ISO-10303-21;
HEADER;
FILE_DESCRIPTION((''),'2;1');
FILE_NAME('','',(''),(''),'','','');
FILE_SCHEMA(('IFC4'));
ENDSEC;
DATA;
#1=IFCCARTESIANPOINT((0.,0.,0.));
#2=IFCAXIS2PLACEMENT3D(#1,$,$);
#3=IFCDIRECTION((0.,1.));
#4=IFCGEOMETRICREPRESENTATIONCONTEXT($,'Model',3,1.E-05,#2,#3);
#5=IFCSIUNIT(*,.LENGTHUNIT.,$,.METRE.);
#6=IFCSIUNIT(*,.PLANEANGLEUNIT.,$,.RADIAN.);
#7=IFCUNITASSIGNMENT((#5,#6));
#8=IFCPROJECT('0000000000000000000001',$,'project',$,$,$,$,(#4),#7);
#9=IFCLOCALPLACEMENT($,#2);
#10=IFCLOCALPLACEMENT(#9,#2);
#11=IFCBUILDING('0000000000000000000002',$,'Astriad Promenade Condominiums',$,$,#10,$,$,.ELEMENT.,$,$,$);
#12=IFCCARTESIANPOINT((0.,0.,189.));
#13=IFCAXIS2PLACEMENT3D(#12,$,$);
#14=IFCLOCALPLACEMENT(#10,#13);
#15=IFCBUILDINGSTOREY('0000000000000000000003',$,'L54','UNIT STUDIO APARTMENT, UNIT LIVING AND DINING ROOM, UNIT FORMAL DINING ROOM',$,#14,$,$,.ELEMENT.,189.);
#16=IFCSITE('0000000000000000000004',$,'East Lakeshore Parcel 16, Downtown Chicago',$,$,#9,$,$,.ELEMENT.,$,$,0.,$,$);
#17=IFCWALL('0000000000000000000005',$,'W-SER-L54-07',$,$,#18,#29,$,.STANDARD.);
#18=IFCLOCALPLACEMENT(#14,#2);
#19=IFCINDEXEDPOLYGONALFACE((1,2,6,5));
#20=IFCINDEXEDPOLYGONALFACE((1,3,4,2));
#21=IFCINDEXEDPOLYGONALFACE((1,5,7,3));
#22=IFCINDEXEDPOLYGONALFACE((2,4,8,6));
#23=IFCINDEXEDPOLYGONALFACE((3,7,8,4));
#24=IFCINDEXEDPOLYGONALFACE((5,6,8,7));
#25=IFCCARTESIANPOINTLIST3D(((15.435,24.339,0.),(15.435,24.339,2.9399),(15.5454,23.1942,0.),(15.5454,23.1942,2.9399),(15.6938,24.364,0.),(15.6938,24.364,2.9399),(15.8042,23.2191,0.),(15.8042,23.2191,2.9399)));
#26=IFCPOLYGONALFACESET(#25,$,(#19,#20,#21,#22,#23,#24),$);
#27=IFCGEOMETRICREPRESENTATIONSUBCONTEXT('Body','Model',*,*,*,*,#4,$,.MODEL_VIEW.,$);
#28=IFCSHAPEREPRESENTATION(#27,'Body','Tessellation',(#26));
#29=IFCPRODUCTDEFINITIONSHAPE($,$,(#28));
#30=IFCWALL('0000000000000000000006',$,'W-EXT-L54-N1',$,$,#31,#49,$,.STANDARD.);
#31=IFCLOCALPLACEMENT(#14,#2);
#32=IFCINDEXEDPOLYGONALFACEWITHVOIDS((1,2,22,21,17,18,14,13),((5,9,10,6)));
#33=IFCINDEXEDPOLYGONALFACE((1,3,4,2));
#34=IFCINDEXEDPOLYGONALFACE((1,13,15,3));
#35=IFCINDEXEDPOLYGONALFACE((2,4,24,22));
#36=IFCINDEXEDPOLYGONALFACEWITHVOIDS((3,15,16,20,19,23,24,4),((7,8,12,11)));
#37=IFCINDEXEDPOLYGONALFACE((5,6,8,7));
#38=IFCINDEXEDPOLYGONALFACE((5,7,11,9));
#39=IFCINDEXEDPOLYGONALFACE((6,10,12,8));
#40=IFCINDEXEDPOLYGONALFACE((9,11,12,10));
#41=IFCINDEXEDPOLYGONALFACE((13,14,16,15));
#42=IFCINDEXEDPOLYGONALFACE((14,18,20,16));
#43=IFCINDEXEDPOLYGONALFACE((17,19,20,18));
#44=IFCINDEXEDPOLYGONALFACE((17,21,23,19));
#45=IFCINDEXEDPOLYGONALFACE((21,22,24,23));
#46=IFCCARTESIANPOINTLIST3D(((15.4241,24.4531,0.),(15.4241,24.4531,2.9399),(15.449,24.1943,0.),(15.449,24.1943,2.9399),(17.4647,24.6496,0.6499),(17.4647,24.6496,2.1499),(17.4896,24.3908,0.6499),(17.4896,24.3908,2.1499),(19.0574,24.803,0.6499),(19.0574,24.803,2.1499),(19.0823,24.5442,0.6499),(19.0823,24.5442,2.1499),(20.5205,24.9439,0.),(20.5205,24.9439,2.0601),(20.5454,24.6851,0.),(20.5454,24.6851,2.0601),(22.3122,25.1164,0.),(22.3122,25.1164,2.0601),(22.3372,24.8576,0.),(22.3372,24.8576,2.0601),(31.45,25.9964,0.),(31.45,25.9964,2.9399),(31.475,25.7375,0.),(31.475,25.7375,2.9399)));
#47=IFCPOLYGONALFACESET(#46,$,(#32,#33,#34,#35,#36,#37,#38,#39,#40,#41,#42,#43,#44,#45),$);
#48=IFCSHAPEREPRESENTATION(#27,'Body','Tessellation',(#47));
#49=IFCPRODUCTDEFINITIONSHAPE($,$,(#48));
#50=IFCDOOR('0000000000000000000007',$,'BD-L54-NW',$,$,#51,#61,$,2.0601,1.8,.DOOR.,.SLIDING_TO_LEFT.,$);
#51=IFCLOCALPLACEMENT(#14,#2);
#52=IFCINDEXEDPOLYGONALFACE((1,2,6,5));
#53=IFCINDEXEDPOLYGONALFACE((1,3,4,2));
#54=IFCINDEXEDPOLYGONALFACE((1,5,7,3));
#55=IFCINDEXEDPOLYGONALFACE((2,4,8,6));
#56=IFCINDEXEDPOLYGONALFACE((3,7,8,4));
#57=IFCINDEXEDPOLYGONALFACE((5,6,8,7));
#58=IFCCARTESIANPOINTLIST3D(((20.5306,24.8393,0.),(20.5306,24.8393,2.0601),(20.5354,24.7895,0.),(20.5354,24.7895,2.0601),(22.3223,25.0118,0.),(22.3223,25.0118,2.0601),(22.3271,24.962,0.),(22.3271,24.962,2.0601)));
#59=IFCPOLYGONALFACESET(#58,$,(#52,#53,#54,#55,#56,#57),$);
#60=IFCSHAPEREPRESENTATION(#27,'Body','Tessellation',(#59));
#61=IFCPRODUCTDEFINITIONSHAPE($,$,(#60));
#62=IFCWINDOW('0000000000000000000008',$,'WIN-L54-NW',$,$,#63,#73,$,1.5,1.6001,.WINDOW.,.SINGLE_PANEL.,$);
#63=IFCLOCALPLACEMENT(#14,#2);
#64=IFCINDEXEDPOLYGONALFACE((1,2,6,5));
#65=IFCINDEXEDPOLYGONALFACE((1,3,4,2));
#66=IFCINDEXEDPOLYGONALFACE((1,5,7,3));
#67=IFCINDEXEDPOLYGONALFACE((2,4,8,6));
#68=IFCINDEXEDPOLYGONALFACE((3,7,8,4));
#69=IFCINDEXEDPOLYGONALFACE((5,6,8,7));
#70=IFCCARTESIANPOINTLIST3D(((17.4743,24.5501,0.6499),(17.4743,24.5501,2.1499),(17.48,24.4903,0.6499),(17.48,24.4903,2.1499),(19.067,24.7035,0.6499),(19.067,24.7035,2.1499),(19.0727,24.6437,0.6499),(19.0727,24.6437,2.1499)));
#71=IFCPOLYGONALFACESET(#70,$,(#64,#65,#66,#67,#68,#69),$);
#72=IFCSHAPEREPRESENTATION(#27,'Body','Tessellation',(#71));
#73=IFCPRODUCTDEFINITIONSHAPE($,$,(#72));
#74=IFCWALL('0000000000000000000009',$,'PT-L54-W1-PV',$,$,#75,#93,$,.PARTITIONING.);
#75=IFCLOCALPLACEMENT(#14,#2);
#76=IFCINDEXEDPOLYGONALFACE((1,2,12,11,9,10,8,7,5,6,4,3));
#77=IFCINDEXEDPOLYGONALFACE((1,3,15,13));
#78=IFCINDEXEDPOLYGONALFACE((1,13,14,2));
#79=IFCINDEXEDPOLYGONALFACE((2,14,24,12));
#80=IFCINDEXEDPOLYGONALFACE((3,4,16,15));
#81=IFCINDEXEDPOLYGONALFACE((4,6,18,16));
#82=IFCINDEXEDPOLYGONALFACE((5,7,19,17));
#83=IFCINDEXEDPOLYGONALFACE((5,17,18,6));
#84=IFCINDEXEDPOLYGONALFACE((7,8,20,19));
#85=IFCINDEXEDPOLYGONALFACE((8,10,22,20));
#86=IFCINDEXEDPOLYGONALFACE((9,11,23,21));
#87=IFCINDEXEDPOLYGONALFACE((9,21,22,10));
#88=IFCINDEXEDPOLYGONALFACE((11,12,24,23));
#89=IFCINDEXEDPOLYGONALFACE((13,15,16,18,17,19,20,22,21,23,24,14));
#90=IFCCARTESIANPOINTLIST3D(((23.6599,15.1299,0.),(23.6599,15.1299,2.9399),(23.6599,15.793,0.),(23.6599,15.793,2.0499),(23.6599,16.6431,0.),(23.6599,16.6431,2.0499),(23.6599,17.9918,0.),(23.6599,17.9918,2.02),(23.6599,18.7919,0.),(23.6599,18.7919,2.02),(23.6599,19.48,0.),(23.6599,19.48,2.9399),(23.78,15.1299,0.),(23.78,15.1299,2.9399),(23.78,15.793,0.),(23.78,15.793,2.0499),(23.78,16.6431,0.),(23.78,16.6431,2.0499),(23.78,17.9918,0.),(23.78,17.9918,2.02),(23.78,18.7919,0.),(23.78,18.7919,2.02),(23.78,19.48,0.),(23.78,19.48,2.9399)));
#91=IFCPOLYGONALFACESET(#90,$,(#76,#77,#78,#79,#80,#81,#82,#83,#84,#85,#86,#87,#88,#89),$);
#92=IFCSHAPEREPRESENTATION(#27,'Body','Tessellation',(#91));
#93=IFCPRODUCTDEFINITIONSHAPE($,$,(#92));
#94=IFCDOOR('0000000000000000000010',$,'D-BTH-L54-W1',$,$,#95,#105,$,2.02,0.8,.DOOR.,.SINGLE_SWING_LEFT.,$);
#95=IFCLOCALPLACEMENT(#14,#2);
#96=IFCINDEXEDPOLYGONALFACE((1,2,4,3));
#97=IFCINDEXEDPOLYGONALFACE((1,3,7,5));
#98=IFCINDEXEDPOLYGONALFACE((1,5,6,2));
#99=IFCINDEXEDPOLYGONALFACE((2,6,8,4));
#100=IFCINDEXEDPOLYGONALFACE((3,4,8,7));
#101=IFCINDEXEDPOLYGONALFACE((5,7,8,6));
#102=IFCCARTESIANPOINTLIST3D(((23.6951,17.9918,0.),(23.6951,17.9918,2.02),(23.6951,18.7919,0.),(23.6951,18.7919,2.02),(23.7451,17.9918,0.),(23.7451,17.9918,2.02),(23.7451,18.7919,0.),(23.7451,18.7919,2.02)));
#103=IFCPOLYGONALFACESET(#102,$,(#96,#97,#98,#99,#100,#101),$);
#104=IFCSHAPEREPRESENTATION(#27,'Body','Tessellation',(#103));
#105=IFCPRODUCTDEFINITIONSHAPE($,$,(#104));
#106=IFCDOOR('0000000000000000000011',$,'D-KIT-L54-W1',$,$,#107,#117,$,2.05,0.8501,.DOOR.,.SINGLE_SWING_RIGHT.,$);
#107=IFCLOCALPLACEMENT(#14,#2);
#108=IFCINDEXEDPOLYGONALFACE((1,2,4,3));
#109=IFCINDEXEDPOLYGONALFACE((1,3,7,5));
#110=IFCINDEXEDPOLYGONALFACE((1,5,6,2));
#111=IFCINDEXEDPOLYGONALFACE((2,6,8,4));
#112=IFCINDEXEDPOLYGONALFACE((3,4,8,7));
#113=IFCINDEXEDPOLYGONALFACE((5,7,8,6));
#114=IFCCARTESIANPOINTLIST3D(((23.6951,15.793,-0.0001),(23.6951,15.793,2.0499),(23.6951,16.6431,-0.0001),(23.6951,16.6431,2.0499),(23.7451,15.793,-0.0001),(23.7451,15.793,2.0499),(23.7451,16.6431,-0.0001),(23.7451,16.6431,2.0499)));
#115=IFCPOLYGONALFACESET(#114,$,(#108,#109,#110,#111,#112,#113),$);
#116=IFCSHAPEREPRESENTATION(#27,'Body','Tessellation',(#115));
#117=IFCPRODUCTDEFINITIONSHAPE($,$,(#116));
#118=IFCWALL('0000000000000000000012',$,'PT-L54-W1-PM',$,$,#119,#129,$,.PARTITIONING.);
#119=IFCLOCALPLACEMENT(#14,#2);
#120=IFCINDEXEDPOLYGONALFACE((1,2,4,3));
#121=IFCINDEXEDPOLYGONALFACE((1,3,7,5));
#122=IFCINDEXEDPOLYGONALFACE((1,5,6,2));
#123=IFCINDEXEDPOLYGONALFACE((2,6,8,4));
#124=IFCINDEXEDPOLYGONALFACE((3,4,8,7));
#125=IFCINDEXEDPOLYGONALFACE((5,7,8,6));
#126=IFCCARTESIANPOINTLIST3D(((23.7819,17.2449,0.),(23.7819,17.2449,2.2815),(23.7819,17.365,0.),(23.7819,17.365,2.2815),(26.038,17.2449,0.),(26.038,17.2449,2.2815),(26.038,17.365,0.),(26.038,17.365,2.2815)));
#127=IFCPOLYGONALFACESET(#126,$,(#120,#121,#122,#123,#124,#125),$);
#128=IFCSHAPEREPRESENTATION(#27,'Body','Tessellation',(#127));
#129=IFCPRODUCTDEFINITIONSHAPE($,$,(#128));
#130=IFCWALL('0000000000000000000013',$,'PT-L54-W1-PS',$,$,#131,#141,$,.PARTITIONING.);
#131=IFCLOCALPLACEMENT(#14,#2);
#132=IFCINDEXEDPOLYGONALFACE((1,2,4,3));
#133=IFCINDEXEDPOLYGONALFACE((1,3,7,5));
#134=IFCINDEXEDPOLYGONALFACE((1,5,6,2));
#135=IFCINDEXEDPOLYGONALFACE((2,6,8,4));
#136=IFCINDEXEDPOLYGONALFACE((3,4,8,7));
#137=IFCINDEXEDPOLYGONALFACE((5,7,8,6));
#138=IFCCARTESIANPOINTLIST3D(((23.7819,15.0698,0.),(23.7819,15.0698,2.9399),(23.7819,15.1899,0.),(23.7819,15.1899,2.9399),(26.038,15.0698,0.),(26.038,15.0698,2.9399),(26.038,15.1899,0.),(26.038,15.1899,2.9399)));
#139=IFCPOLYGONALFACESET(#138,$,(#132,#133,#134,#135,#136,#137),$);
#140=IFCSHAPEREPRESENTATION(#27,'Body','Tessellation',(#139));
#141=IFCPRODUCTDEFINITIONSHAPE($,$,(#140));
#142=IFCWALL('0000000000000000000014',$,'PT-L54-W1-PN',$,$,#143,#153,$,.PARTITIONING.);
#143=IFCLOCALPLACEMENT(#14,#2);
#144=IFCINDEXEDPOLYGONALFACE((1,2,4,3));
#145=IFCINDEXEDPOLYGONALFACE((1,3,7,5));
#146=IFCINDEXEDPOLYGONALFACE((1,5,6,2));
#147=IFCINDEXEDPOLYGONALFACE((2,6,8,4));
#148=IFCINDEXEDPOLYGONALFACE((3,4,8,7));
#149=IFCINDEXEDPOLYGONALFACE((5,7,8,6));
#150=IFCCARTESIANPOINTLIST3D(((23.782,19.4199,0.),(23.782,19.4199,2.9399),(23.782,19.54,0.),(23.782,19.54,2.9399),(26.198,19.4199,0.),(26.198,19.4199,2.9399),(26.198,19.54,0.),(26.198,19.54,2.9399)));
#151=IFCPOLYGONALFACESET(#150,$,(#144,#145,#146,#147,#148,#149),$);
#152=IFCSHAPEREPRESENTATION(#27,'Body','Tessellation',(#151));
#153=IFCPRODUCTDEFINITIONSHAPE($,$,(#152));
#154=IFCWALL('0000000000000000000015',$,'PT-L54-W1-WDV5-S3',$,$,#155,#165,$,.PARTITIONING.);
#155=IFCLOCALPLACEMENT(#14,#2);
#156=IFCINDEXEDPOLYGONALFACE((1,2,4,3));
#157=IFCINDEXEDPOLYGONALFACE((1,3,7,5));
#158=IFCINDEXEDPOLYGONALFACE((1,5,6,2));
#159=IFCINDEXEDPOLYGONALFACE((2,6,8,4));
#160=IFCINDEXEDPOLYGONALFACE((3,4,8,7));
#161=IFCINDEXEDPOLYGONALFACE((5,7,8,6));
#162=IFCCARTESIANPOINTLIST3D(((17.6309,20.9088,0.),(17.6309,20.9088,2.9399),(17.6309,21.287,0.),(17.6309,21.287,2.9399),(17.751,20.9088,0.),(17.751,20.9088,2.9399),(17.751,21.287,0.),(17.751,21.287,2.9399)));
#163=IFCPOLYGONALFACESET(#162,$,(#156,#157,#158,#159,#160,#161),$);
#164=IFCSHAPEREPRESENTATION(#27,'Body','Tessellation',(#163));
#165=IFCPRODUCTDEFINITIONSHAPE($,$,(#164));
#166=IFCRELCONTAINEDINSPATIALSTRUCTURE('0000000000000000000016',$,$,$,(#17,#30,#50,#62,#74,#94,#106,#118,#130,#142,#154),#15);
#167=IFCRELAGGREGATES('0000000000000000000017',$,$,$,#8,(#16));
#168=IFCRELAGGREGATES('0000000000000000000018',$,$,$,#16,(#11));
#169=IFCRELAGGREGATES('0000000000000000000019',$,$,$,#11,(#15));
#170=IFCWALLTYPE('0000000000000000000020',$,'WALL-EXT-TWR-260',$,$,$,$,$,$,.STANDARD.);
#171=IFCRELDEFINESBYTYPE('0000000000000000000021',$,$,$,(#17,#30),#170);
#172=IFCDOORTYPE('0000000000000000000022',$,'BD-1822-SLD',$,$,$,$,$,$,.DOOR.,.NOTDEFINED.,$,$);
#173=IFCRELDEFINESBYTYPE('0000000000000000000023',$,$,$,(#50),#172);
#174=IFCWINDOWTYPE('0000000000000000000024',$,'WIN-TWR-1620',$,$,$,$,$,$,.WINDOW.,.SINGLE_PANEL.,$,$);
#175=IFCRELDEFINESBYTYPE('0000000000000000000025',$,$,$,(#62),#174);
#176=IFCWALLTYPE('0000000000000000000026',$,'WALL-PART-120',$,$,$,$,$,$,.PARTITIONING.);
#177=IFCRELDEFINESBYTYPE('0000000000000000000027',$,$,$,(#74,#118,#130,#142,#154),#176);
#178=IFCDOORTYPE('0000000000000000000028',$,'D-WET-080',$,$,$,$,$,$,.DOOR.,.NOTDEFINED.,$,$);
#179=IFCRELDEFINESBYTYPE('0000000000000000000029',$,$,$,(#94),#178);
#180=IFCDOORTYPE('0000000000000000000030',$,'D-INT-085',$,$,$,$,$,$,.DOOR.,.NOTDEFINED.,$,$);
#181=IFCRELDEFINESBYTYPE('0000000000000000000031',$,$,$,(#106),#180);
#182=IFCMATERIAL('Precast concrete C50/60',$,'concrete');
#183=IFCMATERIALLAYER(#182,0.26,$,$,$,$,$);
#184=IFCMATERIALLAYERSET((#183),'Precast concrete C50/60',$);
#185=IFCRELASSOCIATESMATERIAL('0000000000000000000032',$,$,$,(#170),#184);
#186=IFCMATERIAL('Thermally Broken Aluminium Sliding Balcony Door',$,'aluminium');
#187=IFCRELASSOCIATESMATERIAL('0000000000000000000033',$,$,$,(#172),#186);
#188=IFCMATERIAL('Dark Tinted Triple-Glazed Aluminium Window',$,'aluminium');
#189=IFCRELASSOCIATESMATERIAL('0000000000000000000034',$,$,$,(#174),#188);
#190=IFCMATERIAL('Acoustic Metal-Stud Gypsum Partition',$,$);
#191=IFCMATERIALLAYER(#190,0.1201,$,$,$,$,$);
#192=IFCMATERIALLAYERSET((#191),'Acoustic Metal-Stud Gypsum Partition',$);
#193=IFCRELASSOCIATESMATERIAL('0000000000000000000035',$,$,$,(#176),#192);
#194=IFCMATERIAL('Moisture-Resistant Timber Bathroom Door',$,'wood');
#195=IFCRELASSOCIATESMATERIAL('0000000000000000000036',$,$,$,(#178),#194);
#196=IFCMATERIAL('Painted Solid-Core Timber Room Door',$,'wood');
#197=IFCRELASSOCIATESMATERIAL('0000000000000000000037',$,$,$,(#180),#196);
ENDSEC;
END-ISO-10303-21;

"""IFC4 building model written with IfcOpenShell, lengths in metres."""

from ifc_helpers import new_model, si_unit, direction, frame, frame_2d, origin, place, context, subcontext, project, spatial, rectangle, extrude, source, transform, mapped, material, layer, layer_set, type_object, type_shapes, element, fill, save


model = new_model("IFC4")

# Units and contexts
model_context = context("Model", 3, precision=1e-05, world=origin(), true_north=direction((0.0, 1.0)))
body_context = subcontext(model_context, "Body", "Model", "MODEL_VIEW")
ifc_project = project(units=[si_unit("LENGTHUNIT", "METRE"), si_unit("PLANEANGLEUNIT", "RADIAN")], contexts=[model_context])

# Site, building, storey
site_placement = place(None, origin())
site = spatial("IfcSite", under=ifc_project, at=site_placement, Name="East Lakeshore Parcel 16, Downtown Chicago", CompositionType="ELEMENT", RefElevation=0.0)
building_placement = place(site_placement, origin())
building = spatial("IfcBuilding", under=site, at=building_placement, Name="Astriad Promenade Condominiums", CompositionType="ELEMENT")
storey_placement = place(building_placement, frame((0.0, 0.0, 189.0)))
storey = spatial("IfcBuildingStorey", under=building, at=storey_placement, Name="L54", Description="UNIT STUDIO APARTMENT, UNIT LIVING AND DINING ROOM, UNIT FORMAL DINING ROOM", CompositionType="ELEMENT", Elevation=189.0)

# Wall
ifc_material_1 = material(Name="Precast concrete C50/60", Category="concrete")
ifc_layer_1 = layer(ifc_material_1, 0.26)
ifc_layer_set_1 = layer_set([ifc_layer_1], Name="Precast concrete C50/60")
wall_type_1 = type_object("IfcWallType", Name="WALL-EXT-TWR-260", PredefinedType="STANDARD", material=ifc_layer_set_1)
wall_1_placement = place(storey_placement, frame((15.6748, 23.2065, 0.0), z_axis=(0.0, 0.0, 1.0), x_axis=(-0.095951, 0.995386, 0.0)))
element("IfcWall", 1, at=wall_1_placement, inside=storey, type_object=wall_type_1, Name="W-SER-L54-07", PredefinedType="STANDARD", context=body_context, shape_type="SweptSolid", body=[
    extrude(rectangle(XDim=1.1501, YDim=0.26, at=frame_2d((0.5752, 0.0))), origin(), (0.0, 0.0, 1.0), 2.9399),
])

# Wall, openings, door, window
wall_2_placement = place(storey_placement, frame((15.4365, 24.3237, 0.0), z_axis=(0.0, 0.0, 1.0), x_axis=(0.995396, 0.095852, 0.0)))
wall_2 = element("IfcWall", 2, at=wall_2_placement, inside=storey, type_object=wall_type_1, Name="W-EXT-L54-N1", PredefinedType="STANDARD", context=body_context, shape_type="SweptSolid", body=[
    extrude(rectangle(XDim=16.1001, YDim=0.26, at=frame_2d((8.05, 0.0))), origin(), (0.0, 0.0, 1.0), 2.9399),
])
opening_1_placement = place(wall_2_placement, frame((5.1201, 0.0, 0.0)))
opening_1 = element("IfcOpeningElement", 3, at=opening_1_placement, cuts=wall_2, PredefinedType="OPENING", context=body_context, shape_type="SweptSolid", body=[
    extrude(rectangle(XDim=1.8, YDim=2.0601, at=frame_2d((0.8999, 1.03))), frame((0.0, 0.1399, 0.0), z_axis=(0.0, -1.0, 0.0), x_axis=(1.0, 0.0, 0.0)), (0.0, 0.0, 1.0), 0.28),
])
opening_2_placement = place(wall_2_placement, frame((2.05, 0.0, 0.6499)))
opening_2 = element("IfcOpeningElement", 4, at=opening_2_placement, cuts=wall_2, PredefinedType="OPENING", context=body_context, shape_type="SweptSolid", body=[
    extrude(rectangle(XDim=1.6001, YDim=1.5, at=frame_2d((0.8, 0.75))), frame((0.0, 0.1399, 0.0), z_axis=(0.0, -1.0, 0.0), x_axis=(1.0, 0.0, 0.0)), (0.0, 0.0, 1.0), 0.28),
])
ifc_material_2 = material(Name="Thermally Broken Aluminium Sliding Balcony Door", Category="aluminium")
door_type_1 = type_object("IfcDoorType", Name="BD-1822-SLD", OperationType="NOTDEFINED", PredefinedType="DOOR", material=ifc_material_2)
shared_shape_1 = source(origin(), body_context, "Body", "SweptSolid", [
    extrude(rectangle(XDim=1.8, YDim=2.0601, at=frame_2d((0.8999, 1.03))), frame((0.0, 0.0249, 0.0), z_axis=(0.0, -1.0, 0.0), x_axis=(1.0, 0.0, 0.0)), (0.0, 0.0, 1.0), 0.05),
])
type_shapes(door_type_1, [shared_shape_1])
door_1_placement = place(opening_1_placement, origin())
door_1 = element("IfcDoor", 5, at=door_1_placement, inside=storey, type_object=door_type_1, Name="BD-L54-NW", OperationType="SLIDING_TO_LEFT", OverallHeight=2.0601, OverallWidth=1.8, PredefinedType="DOOR", context=body_context, shape_type="MappedRepresentation", body=[
    mapped(shared_shape_1, transform((0.0, 0.0, 0.0), scale=1.0)),
])
fill(opening_1, door_1)
ifc_material_3 = material(Name="Dark Tinted Triple-Glazed Aluminium Window", Category="aluminium")
window_type = type_object("IfcWindowType", Name="WIN-TWR-1620", PartitioningType="SINGLE_PANEL", PredefinedType="WINDOW", material=ifc_material_3)
shared_shape_2 = source(origin(), body_context, "Body", "SweptSolid", [
    extrude(rectangle(XDim=1.6001, YDim=1.5, at=frame_2d((0.8, 0.75))), frame((0.0, 0.03, 0.0), z_axis=(0.0, -1.0, 0.0), x_axis=(1.0, 0.0, 0.0)), (0.0, 0.0, 1.0), 0.0601),
])
type_shapes(window_type, [shared_shape_2])
window_placement = place(opening_2_placement, origin())
window = element("IfcWindow", 6, at=window_placement, inside=storey, type_object=window_type, Name="WIN-L54-NW", OverallHeight=1.5, OverallWidth=1.6001, PartitioningType="SINGLE_PANEL", PredefinedType="WINDOW", context=body_context, shape_type="MappedRepresentation", body=[
    mapped(shared_shape_2, transform((0.0, 0.0, 0.0), scale=1.0)),
])
fill(opening_2, window)

# Wall, openings, doors
ifc_material_4 = material(Name="Acoustic Metal-Stud Gypsum Partition")
ifc_layer_2 = layer(ifc_material_4, 0.1201)
ifc_layer_set_2 = layer_set([ifc_layer_2], Name="Acoustic Metal-Stud Gypsum Partition")
wall_type_2 = type_object("IfcWallType", Name="WALL-PART-120", PredefinedType="PARTITIONING", material=ifc_layer_set_2)
wall_3_placement = place(storey_placement, frame((23.72, 15.1299, 0.0), z_axis=(0.0, 0.0, 1.0), x_axis=(0.0, 1.0, 0.0)))
wall_3 = element("IfcWall", 7, at=wall_3_placement, inside=storey, type_object=wall_type_2, Name="PT-L54-W1-PV", PredefinedType="PARTITIONING", context=body_context, shape_type="SweptSolid", body=[
    extrude(rectangle(XDim=4.3501, YDim=0.1201, at=frame_2d((2.175, 0.0))), origin(), (0.0, 0.0, 1.0), 2.9399),
])
opening_3_placement = place(wall_3_placement, frame((0.6631, 0.0, 0.0)))
opening_3 = element("IfcOpeningElement", 8, at=opening_3_placement, cuts=wall_3, PredefinedType="OPENING", context=body_context, shape_type="SweptSolid", body=[
    extrude(rectangle(XDim=0.8501, YDim=2.05, at=frame_2d((0.425, 1.0249))), frame((0.0, 0.0701, 0.0), z_axis=(0.0, -1.0, 0.0), x_axis=(1.0, 0.0, 0.0)), (0.0, 0.0, 1.0), 0.1401),
])
opening_4_placement = place(wall_3_placement, frame((2.8621, 0.0, 0.0)))
opening_4 = element("IfcOpeningElement", 9, at=opening_4_placement, cuts=wall_3, PredefinedType="OPENING", context=body_context, shape_type="SweptSolid", body=[
    extrude(rectangle(XDim=0.8, YDim=2.02, at=frame_2d((0.3999, 1.01))), frame((0.0, 0.0701, 0.0), z_axis=(0.0, -1.0, 0.0), x_axis=(1.0, 0.0, 0.0)), (0.0, 0.0, 1.0), 0.1401),
])
ifc_material_5 = material(Name="Moisture-Resistant Timber Bathroom Door", Category="wood")
door_type_2 = type_object("IfcDoorType", Name="D-WET-080", OperationType="NOTDEFINED", PredefinedType="DOOR", material=ifc_material_5)
shared_shape_3 = source(origin(), body_context, "Body", "SweptSolid", [
    extrude(rectangle(XDim=0.8, YDim=2.02, at=frame_2d((0.3999, 1.01))), frame((0.0, 0.0249, 0.0), z_axis=(0.0, -1.0, 0.0), x_axis=(1.0, 0.0, 0.0)), (0.0, 0.0, 1.0), 0.05),
])
type_shapes(door_type_2, [shared_shape_3])
door_2_placement = place(opening_4_placement, origin())
door_2 = element("IfcDoor", 10, at=door_2_placement, inside=storey, type_object=door_type_2, Name="D-BTH-L54-W1", OperationType="SINGLE_SWING_LEFT", OverallHeight=2.02, OverallWidth=0.8, PredefinedType="DOOR", context=body_context, shape_type="MappedRepresentation", body=[
    mapped(shared_shape_3, transform((0.0, 0.0, 0.0), scale=1.0)),
])
fill(opening_4, door_2)
ifc_material_6 = material(Name="Painted Solid-Core Timber Room Door", Category="wood")
door_type_3 = type_object("IfcDoorType", Name="D-INT-085", OperationType="NOTDEFINED", PredefinedType="DOOR", material=ifc_material_6)
shared_shape_4 = source(origin(), body_context, "Body", "SweptSolid", [
    extrude(rectangle(XDim=0.8501, YDim=2.05, at=frame_2d((0.425, 1.0249))), frame((0.0, 0.0249, 0.0), z_axis=(0.0, -1.0, 0.0), x_axis=(1.0, 0.0, 0.0)), (0.0, 0.0, 1.0), 0.05),
])
type_shapes(door_type_3, [shared_shape_4])
door_3_placement = place(opening_3_placement, origin())
door_3 = element("IfcDoor", 11, at=door_3_placement, inside=storey, type_object=door_type_3, Name="D-KIT-L54-W1", OperationType="SINGLE_SWING_RIGHT", OverallHeight=2.05, OverallWidth=0.8501, PredefinedType="DOOR", context=body_context, shape_type="MappedRepresentation", body=[
    mapped(shared_shape_4, transform((0.0, 0.0, 0.0), scale=1.0)),
])
fill(opening_3, door_3)

# Walls
wall_4_placement = place(storey_placement, frame((23.782, 17.3049, 0.0), z_axis=(0.0, 0.0, 1.0), x_axis=(1.0, 0.0, 0.0)))
element("IfcWall", 12, at=wall_4_placement, inside=storey, type_object=wall_type_2, Name="PT-L54-W1-PM", PredefinedType="PARTITIONING", context=body_context, shape_type="SweptSolid", body=[
    extrude(rectangle(XDim=2.2561, YDim=0.1201, at=frame_2d((1.1279, 0.0))), origin(), (0.0, 0.0, 1.0), 2.2815),
])
wall_5_placement = place(storey_placement, frame((23.782, 15.1299, 0.0), z_axis=(0.0, 0.0, 1.0), x_axis=(1.0, 0.0, 0.0)))
element("IfcWall", 13, at=wall_5_placement, inside=storey, type_object=wall_type_2, Name="PT-L54-W1-PS", PredefinedType="PARTITIONING", context=body_context, shape_type="SweptSolid", body=[
    extrude(rectangle(XDim=2.2561, YDim=0.1201, at=frame_2d((1.1279, 0.0))), origin(), (0.0, 0.0, 1.0), 2.9399),
])
wall_6_placement = place(storey_placement, frame((23.782, 19.48, 0.0), z_axis=(0.0, 0.0, 1.0), x_axis=(1.0, 0.0, 0.0)))
element("IfcWall", 14, at=wall_6_placement, inside=storey, type_object=wall_type_2, Name="PT-L54-W1-PN", PredefinedType="PARTITIONING", context=body_context, shape_type="SweptSolid", body=[
    extrude(rectangle(XDim=2.416, YDim=0.1201, at=frame_2d((1.208, 0.0))), origin(), (0.0, 0.0, 1.0), 2.9399),
])
wall_7_placement = place(storey_placement, frame((17.6909, 20.9089, 0.0), z_axis=(0.0, 0.0, 1.0), x_axis=(0.0, 1.0, 0.0)))
element("IfcWall", 15, at=wall_7_placement, inside=storey, type_object=wall_type_2, Name="PT-L54-W1-WDV5-S3", PredefinedType="PARTITIONING", context=body_context, shape_type="SweptSolid", body=[
    extrude(rectangle(XDim=0.3782, YDim=0.1201, at=frame_2d((0.189, 0.0))), origin(), (0.0, 0.0, 1.0), 2.9399),
])

save(model, "model.ifc")
